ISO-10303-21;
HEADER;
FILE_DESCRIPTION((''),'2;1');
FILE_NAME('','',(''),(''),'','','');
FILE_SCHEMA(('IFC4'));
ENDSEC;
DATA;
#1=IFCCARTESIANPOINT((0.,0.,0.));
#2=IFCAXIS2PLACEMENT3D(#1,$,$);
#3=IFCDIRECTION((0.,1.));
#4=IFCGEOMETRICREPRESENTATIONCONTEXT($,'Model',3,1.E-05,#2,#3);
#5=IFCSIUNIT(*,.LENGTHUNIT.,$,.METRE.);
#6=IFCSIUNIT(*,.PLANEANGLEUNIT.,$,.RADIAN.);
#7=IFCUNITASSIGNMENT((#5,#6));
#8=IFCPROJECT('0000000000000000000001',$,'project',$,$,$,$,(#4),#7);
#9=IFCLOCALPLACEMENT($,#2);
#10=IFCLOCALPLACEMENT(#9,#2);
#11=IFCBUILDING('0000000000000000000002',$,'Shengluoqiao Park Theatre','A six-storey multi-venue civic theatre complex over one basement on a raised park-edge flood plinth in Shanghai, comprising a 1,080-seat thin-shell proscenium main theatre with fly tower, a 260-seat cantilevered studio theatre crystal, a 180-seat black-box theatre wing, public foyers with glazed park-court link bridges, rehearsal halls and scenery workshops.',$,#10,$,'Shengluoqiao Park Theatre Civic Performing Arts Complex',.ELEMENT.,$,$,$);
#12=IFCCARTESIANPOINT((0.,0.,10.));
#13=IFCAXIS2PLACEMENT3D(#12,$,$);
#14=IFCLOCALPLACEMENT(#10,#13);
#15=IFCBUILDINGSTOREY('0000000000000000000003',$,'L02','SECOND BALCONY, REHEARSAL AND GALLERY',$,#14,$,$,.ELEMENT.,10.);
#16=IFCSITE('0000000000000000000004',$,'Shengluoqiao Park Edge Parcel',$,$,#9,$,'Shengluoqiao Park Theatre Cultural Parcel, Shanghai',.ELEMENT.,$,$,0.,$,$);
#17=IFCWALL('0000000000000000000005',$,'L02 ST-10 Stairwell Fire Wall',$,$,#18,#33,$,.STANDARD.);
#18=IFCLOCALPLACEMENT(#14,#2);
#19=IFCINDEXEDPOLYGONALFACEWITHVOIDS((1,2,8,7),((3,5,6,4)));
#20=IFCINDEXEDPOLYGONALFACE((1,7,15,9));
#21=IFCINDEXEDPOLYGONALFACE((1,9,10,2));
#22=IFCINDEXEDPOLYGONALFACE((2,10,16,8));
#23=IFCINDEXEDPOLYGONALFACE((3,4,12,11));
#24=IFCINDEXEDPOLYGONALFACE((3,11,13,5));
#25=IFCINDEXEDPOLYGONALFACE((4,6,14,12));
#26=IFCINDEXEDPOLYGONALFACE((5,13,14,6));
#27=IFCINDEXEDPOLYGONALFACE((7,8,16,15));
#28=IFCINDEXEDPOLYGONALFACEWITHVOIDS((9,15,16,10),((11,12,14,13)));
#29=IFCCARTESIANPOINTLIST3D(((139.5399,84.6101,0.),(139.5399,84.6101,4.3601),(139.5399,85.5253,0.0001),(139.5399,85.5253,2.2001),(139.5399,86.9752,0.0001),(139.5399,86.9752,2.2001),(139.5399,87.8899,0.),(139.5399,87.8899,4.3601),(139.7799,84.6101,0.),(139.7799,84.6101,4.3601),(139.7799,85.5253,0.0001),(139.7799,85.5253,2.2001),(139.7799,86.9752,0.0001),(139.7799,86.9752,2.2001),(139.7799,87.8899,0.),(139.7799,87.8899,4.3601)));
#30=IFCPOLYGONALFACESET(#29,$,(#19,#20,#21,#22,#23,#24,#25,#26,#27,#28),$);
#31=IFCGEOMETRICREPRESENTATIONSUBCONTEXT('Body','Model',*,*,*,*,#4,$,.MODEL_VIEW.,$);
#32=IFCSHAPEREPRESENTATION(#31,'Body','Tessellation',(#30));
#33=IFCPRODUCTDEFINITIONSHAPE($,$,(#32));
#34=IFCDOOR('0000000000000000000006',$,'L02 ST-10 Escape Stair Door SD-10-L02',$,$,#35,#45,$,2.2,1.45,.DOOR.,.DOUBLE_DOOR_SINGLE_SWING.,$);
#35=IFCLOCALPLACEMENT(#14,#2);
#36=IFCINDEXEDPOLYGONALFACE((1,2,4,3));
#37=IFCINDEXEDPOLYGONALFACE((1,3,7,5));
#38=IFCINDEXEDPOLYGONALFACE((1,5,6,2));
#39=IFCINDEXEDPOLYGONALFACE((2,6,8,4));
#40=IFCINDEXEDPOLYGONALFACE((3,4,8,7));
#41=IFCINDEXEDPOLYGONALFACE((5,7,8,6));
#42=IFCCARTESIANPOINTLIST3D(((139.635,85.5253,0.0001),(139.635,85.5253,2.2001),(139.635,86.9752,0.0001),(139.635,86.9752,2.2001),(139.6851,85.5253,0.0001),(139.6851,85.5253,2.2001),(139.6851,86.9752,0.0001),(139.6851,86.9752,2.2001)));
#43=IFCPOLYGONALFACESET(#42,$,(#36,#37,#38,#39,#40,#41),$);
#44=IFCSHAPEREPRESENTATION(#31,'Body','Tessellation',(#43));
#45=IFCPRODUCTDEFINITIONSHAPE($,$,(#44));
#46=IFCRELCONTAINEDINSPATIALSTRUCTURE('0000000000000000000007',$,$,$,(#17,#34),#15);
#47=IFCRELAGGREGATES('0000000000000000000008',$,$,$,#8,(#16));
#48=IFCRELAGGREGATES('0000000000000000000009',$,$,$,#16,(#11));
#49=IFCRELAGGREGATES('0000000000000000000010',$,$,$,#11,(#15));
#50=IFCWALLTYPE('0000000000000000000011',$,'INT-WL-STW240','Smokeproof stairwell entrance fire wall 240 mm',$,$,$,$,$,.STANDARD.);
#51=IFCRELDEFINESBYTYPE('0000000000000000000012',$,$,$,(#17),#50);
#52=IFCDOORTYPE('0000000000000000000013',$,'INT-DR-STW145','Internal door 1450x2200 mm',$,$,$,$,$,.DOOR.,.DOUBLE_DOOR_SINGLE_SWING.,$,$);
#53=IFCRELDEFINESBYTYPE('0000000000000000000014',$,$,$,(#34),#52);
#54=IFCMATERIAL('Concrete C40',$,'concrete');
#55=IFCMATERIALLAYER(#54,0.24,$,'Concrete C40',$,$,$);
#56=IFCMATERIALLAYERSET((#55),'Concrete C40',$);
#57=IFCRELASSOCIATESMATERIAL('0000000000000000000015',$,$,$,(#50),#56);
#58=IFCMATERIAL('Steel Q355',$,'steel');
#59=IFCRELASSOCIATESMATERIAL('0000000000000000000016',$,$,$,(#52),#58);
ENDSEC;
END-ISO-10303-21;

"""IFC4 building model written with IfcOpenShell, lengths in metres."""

from ifc_helpers import new_model, si_unit, direction, frame, frame_2d, origin, place, context, subcontext, project, spatial, rectangle, extrude, material, layer, layer_set, type_object, element, fill, save


model = new_model("IFC4")

# Units and contexts
model_context = context("Model", 3, precision=1e-05, world=origin(), true_north=direction((0.0, 1.0)))
body_context = subcontext(model_context, "Body", "Model", "MODEL_VIEW")
ifc_project = project(units=[si_unit("LENGTHUNIT", "METRE"), si_unit("PLANEANGLEUNIT", "RADIAN")], contexts=[model_context])

# Site, building, storey
site_placement = place(None, origin())
site = spatial("IfcSite", under=ifc_project, at=site_placement, Name="Shengluoqiao Park Edge Parcel", LongName="Shengluoqiao Park Theatre Cultural Parcel, Shanghai", CompositionType="ELEMENT", RefElevation=0.0)
building_placement = place(site_placement, origin())
building = spatial("IfcBuilding", under=site, at=building_placement, Name="Shengluoqiao Park Theatre", Description="A six-storey multi-venue civic theatre complex over one basement on a raised park-edge flood plinth in Shanghai, comprising a 1,080-seat thin-shell proscenium main theatre with fly tower, a 260-seat cantilevered studio theatre crystal, a 180-seat black-box theatre wing, public foyers with glazed park-court link bridges, rehearsal halls and scenery workshops.", LongName="Shengluoqiao Park Theatre Civic Performing Arts Complex", CompositionType="ELEMENT")
storey_placement = place(building_placement, frame((0.0, 0.0, 10.0)))
storey = spatial("IfcBuildingStorey", under=building, at=storey_placement, Name="L02", Description="SECOND BALCONY, REHEARSAL AND GALLERY", CompositionType="ELEMENT", Elevation=10.0)

# Shared definitions
ifc_material_1 = material(Name="Concrete C40", Category="concrete")

# Shared definitions
ifc_material_2 = material(Name="Steel Q355", Category="steel")

# Wall, opening, door
ifc_layer_1 = layer(ifc_material_1, 0.24, Name="Concrete C40")
ifc_layer_set_1 = layer_set([ifc_layer_1], Name="Concrete C40")
wall_type_1 = type_object("IfcWallType", Name="INT-WL-STW240", Description="Smokeproof stairwell entrance fire wall 240 mm", PredefinedType="STANDARD", material=ifc_layer_set_1)
wall_1_placement = place(storey_placement, frame((139.6599, 84.6101, 0.0), z_axis=(0.0, 0.0, 1.0), x_axis=(0.0, 1.0, 0.0)))
wall_1 = element("IfcWall", 1, at=wall_1_placement, inside=storey, type_object=wall_type_1, Name="L02 ST-10 Stairwell Fire Wall", PredefinedType="STANDARD", context=body_context, shape_type="SweptSolid", body=[
    extrude(rectangle(XDim=3.2798, YDim=0.24, at=frame_2d((1.6399, 0.0))), origin(), (0.0, 0.0, 1.0), 4.3601),
])
opening_1_placement = place(wall_1_placement, frame((0.915, 0.0, 0.0)))
opening_1 = element("IfcOpeningElement", 2, at=opening_1_placement, cuts=wall_1, PredefinedType="OPENING", context=body_context, shape_type="SweptSolid", body=[
    extrude(rectangle(XDim=1.45, YDim=2.2, at=frame_2d((0.7251, 1.1001))), frame((0.0, 0.1299, 0.0), z_axis=(0.0, -1.0, 0.0), x_axis=(1.0, 0.0, 0.0)), (0.0, 0.0, 1.0), 0.26),
])
door_type = type_object("IfcDoorType", Name="INT-DR-STW145", Description="Internal door 1450x2200 mm", OperationType="DOUBLE_DOOR_SINGLE_SWING", PredefinedType="DOOR", material=ifc_material_2)
door_placement = place(opening_1_placement, origin())
door = element("IfcDoor", 3, at=door_placement, inside=storey, type_object=door_type, Name="L02 ST-10 Escape Stair Door SD-10-L02", OperationType="DOUBLE_DOOR_SINGLE_SWING", OverallHeight=2.2, OverallWidth=1.45, PredefinedType="DOOR", context=body_context, shape_type="SweptSolid", body=[
    extrude(rectangle(XDim=1.45, YDim=2.2, at=frame_2d((0.7251, 1.1001))), frame((0.0, 0.0249, 0.0), z_axis=(0.0, -1.0, 0.0), x_axis=(1.0, 0.0, 0.0)), (0.0, 0.0, 1.0), 0.05),
])
fill(opening_1, door)

save(model, "model.ifc")
